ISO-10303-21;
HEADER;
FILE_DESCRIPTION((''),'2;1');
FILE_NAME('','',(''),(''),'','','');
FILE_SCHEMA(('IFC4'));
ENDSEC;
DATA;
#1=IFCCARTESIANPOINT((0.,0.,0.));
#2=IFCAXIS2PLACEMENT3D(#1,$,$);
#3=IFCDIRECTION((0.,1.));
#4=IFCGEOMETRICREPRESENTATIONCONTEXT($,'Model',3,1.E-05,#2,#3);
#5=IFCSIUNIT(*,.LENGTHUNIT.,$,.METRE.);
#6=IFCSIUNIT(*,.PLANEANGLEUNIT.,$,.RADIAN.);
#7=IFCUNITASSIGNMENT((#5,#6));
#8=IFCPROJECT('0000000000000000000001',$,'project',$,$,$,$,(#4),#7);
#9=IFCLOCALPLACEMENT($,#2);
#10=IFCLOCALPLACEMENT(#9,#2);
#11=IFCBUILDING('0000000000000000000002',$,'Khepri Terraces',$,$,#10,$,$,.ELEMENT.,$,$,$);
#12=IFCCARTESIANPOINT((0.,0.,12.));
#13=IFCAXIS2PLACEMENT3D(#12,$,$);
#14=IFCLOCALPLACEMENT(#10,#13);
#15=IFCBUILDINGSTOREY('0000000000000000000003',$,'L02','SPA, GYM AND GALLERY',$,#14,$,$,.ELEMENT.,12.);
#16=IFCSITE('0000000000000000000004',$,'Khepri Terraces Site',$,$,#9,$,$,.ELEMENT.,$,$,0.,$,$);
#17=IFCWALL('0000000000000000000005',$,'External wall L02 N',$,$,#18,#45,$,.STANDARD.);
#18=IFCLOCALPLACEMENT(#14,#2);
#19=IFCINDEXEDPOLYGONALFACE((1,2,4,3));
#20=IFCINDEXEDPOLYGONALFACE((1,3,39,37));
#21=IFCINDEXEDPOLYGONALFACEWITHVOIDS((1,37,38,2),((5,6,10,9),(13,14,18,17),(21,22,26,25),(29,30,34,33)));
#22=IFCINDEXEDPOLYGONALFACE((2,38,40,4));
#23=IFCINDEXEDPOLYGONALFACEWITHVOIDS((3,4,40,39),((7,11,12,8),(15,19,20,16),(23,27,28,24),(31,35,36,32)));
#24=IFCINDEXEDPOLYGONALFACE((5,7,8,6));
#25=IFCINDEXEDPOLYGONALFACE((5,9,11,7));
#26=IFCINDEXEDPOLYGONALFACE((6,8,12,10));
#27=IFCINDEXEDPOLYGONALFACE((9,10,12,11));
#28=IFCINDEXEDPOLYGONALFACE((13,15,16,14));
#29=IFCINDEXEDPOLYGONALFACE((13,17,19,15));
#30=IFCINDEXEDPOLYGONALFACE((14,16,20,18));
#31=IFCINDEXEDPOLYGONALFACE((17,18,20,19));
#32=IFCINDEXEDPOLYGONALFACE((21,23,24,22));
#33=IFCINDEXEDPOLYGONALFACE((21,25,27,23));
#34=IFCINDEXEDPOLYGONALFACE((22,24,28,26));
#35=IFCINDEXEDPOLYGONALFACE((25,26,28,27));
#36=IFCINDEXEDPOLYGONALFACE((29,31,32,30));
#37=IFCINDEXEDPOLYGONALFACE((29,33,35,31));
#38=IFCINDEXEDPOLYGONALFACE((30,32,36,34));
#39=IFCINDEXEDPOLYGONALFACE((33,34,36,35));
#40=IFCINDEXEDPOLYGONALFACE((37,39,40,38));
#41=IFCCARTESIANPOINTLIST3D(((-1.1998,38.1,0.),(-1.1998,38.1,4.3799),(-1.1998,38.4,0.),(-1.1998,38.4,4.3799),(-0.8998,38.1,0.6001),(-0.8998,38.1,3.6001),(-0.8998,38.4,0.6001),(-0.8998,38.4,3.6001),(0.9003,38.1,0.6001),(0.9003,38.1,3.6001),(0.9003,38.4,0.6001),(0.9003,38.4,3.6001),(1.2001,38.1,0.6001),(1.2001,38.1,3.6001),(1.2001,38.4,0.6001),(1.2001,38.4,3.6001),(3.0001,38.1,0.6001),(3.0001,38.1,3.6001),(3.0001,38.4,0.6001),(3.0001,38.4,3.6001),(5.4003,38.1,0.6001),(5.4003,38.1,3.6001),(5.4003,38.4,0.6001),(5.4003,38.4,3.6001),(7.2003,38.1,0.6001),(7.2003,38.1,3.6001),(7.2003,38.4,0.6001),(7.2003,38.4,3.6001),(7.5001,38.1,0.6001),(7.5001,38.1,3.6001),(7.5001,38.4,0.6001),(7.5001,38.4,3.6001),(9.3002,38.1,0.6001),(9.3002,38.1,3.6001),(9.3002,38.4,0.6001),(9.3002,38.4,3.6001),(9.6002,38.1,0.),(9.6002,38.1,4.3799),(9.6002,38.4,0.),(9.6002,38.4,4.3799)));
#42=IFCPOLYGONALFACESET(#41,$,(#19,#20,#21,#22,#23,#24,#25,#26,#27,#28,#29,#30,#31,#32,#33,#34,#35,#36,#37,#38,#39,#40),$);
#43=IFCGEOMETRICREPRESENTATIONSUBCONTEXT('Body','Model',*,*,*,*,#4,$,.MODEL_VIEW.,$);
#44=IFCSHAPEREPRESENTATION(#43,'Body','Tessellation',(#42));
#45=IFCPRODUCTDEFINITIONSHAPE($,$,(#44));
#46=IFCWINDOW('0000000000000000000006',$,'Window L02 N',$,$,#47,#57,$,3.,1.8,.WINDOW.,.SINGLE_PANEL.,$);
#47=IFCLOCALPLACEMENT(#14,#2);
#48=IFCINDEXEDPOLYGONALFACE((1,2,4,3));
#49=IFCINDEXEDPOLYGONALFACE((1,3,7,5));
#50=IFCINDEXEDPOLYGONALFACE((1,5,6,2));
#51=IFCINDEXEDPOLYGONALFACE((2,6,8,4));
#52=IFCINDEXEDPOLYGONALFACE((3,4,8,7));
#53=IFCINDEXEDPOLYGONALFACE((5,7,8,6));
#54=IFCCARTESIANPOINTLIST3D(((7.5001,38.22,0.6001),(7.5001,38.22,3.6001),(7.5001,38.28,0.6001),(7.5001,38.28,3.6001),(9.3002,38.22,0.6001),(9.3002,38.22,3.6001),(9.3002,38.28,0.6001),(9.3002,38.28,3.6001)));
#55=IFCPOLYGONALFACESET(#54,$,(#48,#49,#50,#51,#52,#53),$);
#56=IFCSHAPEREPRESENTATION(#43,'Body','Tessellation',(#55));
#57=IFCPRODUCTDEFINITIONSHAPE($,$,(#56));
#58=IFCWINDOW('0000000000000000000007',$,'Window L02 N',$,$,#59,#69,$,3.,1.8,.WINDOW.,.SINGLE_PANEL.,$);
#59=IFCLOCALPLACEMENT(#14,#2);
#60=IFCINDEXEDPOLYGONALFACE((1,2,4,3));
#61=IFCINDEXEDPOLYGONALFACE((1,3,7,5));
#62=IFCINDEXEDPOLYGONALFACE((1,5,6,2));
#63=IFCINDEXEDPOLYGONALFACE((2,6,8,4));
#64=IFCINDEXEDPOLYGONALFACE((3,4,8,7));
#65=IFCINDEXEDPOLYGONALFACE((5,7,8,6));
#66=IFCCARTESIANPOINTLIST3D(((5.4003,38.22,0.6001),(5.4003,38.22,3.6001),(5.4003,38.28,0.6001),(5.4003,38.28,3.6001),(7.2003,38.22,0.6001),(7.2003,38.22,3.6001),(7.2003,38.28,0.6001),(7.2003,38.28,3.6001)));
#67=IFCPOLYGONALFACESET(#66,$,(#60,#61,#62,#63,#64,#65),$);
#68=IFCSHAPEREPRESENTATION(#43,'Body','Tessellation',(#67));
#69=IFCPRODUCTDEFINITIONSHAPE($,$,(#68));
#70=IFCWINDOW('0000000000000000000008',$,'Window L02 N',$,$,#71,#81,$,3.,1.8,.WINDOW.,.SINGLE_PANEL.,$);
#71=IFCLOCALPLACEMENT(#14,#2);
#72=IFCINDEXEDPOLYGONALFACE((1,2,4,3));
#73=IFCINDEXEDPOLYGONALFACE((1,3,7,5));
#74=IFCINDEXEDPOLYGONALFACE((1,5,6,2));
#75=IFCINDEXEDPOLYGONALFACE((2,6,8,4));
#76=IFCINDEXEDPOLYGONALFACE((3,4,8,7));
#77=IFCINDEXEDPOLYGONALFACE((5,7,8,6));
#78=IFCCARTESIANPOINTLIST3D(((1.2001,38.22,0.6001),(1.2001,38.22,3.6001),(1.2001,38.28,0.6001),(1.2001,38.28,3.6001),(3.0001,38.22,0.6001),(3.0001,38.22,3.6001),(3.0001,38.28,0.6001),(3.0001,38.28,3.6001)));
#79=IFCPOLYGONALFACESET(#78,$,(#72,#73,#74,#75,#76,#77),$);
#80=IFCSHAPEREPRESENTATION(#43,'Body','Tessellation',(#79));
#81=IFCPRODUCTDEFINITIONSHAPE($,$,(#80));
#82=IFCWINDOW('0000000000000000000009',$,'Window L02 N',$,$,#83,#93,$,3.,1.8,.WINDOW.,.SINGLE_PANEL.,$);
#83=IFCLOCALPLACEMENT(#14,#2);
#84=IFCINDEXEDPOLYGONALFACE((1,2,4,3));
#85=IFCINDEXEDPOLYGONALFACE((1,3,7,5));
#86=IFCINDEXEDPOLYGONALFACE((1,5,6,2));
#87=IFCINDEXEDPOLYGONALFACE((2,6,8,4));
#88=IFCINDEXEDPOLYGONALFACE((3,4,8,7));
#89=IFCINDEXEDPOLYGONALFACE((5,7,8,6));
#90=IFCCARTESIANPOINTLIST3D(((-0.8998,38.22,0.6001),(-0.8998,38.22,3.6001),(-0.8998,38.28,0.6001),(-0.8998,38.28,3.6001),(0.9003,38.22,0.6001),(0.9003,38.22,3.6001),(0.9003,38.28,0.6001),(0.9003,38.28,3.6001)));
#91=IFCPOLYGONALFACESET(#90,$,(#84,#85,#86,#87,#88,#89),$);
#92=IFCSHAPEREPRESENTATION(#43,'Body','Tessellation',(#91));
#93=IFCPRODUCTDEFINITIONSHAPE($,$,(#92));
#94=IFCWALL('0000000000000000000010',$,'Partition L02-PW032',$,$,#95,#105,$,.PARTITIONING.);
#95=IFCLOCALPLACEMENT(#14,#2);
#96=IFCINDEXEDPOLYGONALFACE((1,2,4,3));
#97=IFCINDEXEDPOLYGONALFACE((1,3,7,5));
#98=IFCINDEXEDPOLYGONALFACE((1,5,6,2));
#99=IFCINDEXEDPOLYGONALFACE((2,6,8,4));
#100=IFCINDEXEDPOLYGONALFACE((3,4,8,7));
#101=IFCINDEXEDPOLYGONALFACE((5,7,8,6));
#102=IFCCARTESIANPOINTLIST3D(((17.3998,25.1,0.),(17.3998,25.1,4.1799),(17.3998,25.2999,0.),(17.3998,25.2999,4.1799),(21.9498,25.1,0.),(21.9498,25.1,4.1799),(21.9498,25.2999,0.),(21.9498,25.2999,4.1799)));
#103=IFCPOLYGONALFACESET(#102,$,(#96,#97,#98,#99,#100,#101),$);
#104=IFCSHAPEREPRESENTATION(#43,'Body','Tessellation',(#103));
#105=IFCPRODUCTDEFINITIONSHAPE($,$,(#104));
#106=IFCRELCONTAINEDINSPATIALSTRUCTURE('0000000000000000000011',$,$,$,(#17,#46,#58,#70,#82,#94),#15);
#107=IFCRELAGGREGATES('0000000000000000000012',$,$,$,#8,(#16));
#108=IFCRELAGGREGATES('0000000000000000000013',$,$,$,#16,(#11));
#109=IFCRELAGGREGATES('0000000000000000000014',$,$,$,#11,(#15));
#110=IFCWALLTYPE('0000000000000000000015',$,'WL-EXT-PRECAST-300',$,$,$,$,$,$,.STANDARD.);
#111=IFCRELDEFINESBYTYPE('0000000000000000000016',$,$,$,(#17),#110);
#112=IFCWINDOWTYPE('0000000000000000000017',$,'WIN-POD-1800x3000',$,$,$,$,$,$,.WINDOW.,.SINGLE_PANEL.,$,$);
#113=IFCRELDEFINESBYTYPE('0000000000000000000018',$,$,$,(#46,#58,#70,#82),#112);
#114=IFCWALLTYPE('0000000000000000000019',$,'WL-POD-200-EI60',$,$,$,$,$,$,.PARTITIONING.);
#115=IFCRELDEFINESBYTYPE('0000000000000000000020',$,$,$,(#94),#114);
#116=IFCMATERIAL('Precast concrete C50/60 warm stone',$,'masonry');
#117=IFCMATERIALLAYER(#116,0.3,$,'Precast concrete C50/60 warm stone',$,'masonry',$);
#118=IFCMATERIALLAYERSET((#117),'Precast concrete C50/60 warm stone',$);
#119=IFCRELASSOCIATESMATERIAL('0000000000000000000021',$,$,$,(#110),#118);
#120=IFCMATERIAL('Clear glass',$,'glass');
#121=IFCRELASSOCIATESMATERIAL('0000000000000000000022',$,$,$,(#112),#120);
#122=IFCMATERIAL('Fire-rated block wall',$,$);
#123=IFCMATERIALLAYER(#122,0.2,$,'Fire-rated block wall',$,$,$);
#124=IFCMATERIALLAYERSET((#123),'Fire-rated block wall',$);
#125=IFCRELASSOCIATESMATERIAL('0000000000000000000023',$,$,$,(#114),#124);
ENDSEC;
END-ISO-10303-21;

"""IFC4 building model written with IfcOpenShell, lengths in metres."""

from ifc_helpers import new_model, si_unit, direction, frame, frame_2d, origin, place, context, subcontext, project, spatial, rectangle, extrude, material, layer, layer_set, type_object, element, fill, save


model = new_model("IFC4")

# Units and contexts
model_context = context("Model", 3, precision=1e-05, world=origin(), true_north=direction((0.0, 1.0)))
body_context = subcontext(model_context, "Body", "Model", "MODEL_VIEW")
ifc_project = project(units=[si_unit("LENGTHUNIT", "METRE"), si_unit("PLANEANGLEUNIT", "RADIAN")], contexts=[model_context])

# Site, building, storey
site_placement = place(None, origin())
site = spatial("IfcSite", under=ifc_project, at=site_placement, Name="Khepri Terraces Site", CompositionType="ELEMENT", RefElevation=0.0)
building_placement = place(site_placement, origin())
building = spatial("IfcBuilding", under=site, at=building_placement, Name="Khepri Terraces", CompositionType="ELEMENT")
storey_placement = place(building_placement, frame((0.0, 0.0, 12.0)))
storey = spatial("IfcBuildingStorey", under=building, at=storey_placement, Name="L02", Description="SPA, GYM AND GALLERY", CompositionType="ELEMENT", Elevation=12.0)

# Shared definitions
ifc_material_1 = material(Name="Clear glass", Category="glass")

# Shared definitions
ifc_material_2 = material(Name="Precast concrete C50/60 warm stone", Category="masonry")
ifc_layer_1 = layer(ifc_material_2, 0.3, Name="Precast concrete C50/60 warm stone", Category="masonry")
ifc_layer_set_1 = layer_set([ifc_layer_1], Name="Precast concrete C50/60 warm stone")
wall_type_1 = type_object("IfcWallType", Name="WL-EXT-PRECAST-300", PredefinedType="STANDARD", material=ifc_layer_set_1)

# Wall, openings, windows
wall_1_placement = place(storey_placement, frame((9.6001, 38.25, 0.0), z_axis=(0.0, 0.0, 1.0), x_axis=(-1.0, 0.0, 0.0)))
wall_1 = element("IfcWall", 1, at=wall_1_placement, inside=storey, type_object=wall_type_1, Name="External wall L02 N", PredefinedType="STANDARD", context=body_context, shape_type="SweptSolid", body=[
    extrude(rectangle(XDim=10.8, YDim=0.3, at=frame_2d((5.3999, 0.0))), origin(), (0.0, 0.0, 1.0), 4.3799),
])
opening_1_placement = place(wall_1_placement, frame((0.3, 0.0, 0.6001)))
opening_1 = element("IfcOpeningElement", 2, at=opening_1_placement, cuts=wall_1, PredefinedType="OPENING", context=body_context, shape_type="SweptSolid", body=[
    extrude(rectangle(XDim=1.8, YDim=3.0, at=frame_2d((0.8999, 1.5))), frame((0.0, 0.1602, 0.0), z_axis=(0.0, -1.0, 0.0), x_axis=(1.0, 0.0, 0.0)), (0.0, 0.0, 1.0), 0.3201),
])
opening_2_placement = place(wall_1_placement, frame((2.3999, 0.0, 0.6001)))
opening_2 = element("IfcOpeningElement", 3, at=opening_2_placement, cuts=wall_1, PredefinedType="OPENING", context=body_context, shape_type="SweptSolid", body=[
    extrude(rectangle(XDim=1.8, YDim=3.0, at=frame_2d((0.8999, 1.5))), frame((0.0, 0.1602, 0.0), z_axis=(0.0, -1.0, 0.0), x_axis=(1.0, 0.0, 0.0)), (0.0, 0.0, 1.0), 0.3201),
])
opening_3_placement = place(wall_1_placement, frame((6.6001, 0.0, 0.6001)))
opening_3 = element("IfcOpeningElement", 4, at=opening_3_placement, cuts=wall_1, PredefinedType="OPENING", context=body_context, shape_type="SweptSolid", body=[
    extrude(rectangle(XDim=1.8, YDim=3.0, at=frame_2d((0.8999, 1.5))), frame((0.0, 0.1602, 0.0), z_axis=(0.0, -1.0, 0.0), x_axis=(1.0, 0.0, 0.0)), (0.0, 0.0, 1.0), 0.3201),
])
opening_4_placement = place(wall_1_placement, frame((8.7, 0.0, 0.6001)))
opening_4 = element("IfcOpeningElement", 5, at=opening_4_placement, cuts=wall_1, PredefinedType="OPENING", context=body_context, shape_type="SweptSolid", body=[
    extrude(rectangle(XDim=1.8, YDim=3.0, at=frame_2d((0.8999, 1.5))), frame((0.0, 0.1602, 0.0), z_axis=(0.0, -1.0, 0.0), x_axis=(1.0, 0.0, 0.0)), (0.0, 0.0, 1.0), 0.3201),
])
window_type = type_object("IfcWindowType", Name="WIN-POD-1800x3000", PartitioningType="SINGLE_PANEL", PredefinedType="WINDOW", material=ifc_material_1)
window_1_placement = place(opening_1_placement, origin())
window_1 = element("IfcWindow", 6, at=window_1_placement, inside=storey, type_object=window_type, Name="Window L02 N", OverallHeight=3.0, OverallWidth=1.8, PartitioningType="SINGLE_PANEL", PredefinedType="WINDOW", context=body_context, shape_type="SweptSolid", body=[
    extrude(rectangle(XDim=1.8, YDim=3.0, at=frame_2d((0.8999, 1.5))), frame((0.0, 0.03, 0.0), z_axis=(0.0, -1.0, 0.0), x_axis=(1.0, 0.0, 0.0)), (0.0, 0.0, 1.0), 0.0601),
])
fill(opening_1, window_1)
window_2_placement = place(opening_2_placement, origin())
window_2 = element("IfcWindow", 7, at=window_2_placement, inside=storey, type_object=window_type, Name="Window L02 N", OverallHeight=3.0, OverallWidth=1.8, PartitioningType="SINGLE_PANEL", PredefinedType="WINDOW", context=body_context, shape_type="SweptSolid", body=[
    extrude(rectangle(XDim=1.8, YDim=3.0, at=frame_2d((0.8999, 1.5))), frame((0.0, 0.03, 0.0), z_axis=(0.0, -1.0, 0.0), x_axis=(1.0, 0.0, 0.0)), (0.0, 0.0, 1.0), 0.0601),
])
fill(opening_2, window_2)
window_3_placement = place(opening_3_placement, origin())
window_3 = element("IfcWindow", 8, at=window_3_placement, inside=storey, type_object=window_type, Name="Window L02 N", OverallHeight=3.0, OverallWidth=1.8, PartitioningType="SINGLE_PANEL", PredefinedType="WINDOW", context=body_context, shape_type="SweptSolid", body=[
    extrude(rectangle(XDim=1.8, YDim=3.0, at=frame_2d((0.8999, 1.5))), frame((0.0, 0.03, 0.0), z_axis=(0.0, -1.0, 0.0), x_axis=(1.0, 0.0, 0.0)), (0.0, 0.0, 1.0), 0.0601),
])
fill(opening_3, window_3)
window_4_placement = place(opening_4_placement, origin())
window_4 = element("IfcWindow", 9, at=window_4_placement, inside=storey, type_object=window_type, Name="Window L02 N", OverallHeight=3.0, OverallWidth=1.8, PartitioningType="SINGLE_PANEL", PredefinedType="WINDOW", context=body_context, shape_type="SweptSolid", body=[
    extrude(rectangle(XDim=1.8, YDim=3.0, at=frame_2d((0.8999, 1.5))), frame((0.0, 0.03, 0.0), z_axis=(0.0, -1.0, 0.0), x_axis=(1.0, 0.0, 0.0)), (0.0, 0.0, 1.0), 0.0601),
])
fill(opening_4, window_4)

# Wall
ifc_material_3 = material(Name="Fire-rated block wall")
ifc_layer_2 = layer(ifc_material_3, 0.2, Name="Fire-rated block wall")
ifc_layer_set_2 = layer_set([ifc_layer_2], Name="Fire-rated block wall")
wall_type_2 = type_object("IfcWallType", Name="WL-POD-200-EI60", PredefinedType="PARTITIONING", material=ifc_layer_set_2)
wall_2_placement = place(storey_placement, frame((17.3999, 25.2, 0.0), z_axis=(0.0, 0.0, 1.0), x_axis=(1.0, 0.0, 0.0)))
element("IfcWall", 10, at=wall_2_placement, inside=storey, type_object=wall_type_2, Name="Partition L02-PW032", PredefinedType="PARTITIONING", context=body_context, shape_type="SweptSolid", body=[
    extrude(rectangle(XDim=4.55, YDim=0.2, at=frame_2d((2.2749, 0.0))), origin(), (0.0, 0.0, 1.0), 4.1799),
])

save(model, "model.ifc")
